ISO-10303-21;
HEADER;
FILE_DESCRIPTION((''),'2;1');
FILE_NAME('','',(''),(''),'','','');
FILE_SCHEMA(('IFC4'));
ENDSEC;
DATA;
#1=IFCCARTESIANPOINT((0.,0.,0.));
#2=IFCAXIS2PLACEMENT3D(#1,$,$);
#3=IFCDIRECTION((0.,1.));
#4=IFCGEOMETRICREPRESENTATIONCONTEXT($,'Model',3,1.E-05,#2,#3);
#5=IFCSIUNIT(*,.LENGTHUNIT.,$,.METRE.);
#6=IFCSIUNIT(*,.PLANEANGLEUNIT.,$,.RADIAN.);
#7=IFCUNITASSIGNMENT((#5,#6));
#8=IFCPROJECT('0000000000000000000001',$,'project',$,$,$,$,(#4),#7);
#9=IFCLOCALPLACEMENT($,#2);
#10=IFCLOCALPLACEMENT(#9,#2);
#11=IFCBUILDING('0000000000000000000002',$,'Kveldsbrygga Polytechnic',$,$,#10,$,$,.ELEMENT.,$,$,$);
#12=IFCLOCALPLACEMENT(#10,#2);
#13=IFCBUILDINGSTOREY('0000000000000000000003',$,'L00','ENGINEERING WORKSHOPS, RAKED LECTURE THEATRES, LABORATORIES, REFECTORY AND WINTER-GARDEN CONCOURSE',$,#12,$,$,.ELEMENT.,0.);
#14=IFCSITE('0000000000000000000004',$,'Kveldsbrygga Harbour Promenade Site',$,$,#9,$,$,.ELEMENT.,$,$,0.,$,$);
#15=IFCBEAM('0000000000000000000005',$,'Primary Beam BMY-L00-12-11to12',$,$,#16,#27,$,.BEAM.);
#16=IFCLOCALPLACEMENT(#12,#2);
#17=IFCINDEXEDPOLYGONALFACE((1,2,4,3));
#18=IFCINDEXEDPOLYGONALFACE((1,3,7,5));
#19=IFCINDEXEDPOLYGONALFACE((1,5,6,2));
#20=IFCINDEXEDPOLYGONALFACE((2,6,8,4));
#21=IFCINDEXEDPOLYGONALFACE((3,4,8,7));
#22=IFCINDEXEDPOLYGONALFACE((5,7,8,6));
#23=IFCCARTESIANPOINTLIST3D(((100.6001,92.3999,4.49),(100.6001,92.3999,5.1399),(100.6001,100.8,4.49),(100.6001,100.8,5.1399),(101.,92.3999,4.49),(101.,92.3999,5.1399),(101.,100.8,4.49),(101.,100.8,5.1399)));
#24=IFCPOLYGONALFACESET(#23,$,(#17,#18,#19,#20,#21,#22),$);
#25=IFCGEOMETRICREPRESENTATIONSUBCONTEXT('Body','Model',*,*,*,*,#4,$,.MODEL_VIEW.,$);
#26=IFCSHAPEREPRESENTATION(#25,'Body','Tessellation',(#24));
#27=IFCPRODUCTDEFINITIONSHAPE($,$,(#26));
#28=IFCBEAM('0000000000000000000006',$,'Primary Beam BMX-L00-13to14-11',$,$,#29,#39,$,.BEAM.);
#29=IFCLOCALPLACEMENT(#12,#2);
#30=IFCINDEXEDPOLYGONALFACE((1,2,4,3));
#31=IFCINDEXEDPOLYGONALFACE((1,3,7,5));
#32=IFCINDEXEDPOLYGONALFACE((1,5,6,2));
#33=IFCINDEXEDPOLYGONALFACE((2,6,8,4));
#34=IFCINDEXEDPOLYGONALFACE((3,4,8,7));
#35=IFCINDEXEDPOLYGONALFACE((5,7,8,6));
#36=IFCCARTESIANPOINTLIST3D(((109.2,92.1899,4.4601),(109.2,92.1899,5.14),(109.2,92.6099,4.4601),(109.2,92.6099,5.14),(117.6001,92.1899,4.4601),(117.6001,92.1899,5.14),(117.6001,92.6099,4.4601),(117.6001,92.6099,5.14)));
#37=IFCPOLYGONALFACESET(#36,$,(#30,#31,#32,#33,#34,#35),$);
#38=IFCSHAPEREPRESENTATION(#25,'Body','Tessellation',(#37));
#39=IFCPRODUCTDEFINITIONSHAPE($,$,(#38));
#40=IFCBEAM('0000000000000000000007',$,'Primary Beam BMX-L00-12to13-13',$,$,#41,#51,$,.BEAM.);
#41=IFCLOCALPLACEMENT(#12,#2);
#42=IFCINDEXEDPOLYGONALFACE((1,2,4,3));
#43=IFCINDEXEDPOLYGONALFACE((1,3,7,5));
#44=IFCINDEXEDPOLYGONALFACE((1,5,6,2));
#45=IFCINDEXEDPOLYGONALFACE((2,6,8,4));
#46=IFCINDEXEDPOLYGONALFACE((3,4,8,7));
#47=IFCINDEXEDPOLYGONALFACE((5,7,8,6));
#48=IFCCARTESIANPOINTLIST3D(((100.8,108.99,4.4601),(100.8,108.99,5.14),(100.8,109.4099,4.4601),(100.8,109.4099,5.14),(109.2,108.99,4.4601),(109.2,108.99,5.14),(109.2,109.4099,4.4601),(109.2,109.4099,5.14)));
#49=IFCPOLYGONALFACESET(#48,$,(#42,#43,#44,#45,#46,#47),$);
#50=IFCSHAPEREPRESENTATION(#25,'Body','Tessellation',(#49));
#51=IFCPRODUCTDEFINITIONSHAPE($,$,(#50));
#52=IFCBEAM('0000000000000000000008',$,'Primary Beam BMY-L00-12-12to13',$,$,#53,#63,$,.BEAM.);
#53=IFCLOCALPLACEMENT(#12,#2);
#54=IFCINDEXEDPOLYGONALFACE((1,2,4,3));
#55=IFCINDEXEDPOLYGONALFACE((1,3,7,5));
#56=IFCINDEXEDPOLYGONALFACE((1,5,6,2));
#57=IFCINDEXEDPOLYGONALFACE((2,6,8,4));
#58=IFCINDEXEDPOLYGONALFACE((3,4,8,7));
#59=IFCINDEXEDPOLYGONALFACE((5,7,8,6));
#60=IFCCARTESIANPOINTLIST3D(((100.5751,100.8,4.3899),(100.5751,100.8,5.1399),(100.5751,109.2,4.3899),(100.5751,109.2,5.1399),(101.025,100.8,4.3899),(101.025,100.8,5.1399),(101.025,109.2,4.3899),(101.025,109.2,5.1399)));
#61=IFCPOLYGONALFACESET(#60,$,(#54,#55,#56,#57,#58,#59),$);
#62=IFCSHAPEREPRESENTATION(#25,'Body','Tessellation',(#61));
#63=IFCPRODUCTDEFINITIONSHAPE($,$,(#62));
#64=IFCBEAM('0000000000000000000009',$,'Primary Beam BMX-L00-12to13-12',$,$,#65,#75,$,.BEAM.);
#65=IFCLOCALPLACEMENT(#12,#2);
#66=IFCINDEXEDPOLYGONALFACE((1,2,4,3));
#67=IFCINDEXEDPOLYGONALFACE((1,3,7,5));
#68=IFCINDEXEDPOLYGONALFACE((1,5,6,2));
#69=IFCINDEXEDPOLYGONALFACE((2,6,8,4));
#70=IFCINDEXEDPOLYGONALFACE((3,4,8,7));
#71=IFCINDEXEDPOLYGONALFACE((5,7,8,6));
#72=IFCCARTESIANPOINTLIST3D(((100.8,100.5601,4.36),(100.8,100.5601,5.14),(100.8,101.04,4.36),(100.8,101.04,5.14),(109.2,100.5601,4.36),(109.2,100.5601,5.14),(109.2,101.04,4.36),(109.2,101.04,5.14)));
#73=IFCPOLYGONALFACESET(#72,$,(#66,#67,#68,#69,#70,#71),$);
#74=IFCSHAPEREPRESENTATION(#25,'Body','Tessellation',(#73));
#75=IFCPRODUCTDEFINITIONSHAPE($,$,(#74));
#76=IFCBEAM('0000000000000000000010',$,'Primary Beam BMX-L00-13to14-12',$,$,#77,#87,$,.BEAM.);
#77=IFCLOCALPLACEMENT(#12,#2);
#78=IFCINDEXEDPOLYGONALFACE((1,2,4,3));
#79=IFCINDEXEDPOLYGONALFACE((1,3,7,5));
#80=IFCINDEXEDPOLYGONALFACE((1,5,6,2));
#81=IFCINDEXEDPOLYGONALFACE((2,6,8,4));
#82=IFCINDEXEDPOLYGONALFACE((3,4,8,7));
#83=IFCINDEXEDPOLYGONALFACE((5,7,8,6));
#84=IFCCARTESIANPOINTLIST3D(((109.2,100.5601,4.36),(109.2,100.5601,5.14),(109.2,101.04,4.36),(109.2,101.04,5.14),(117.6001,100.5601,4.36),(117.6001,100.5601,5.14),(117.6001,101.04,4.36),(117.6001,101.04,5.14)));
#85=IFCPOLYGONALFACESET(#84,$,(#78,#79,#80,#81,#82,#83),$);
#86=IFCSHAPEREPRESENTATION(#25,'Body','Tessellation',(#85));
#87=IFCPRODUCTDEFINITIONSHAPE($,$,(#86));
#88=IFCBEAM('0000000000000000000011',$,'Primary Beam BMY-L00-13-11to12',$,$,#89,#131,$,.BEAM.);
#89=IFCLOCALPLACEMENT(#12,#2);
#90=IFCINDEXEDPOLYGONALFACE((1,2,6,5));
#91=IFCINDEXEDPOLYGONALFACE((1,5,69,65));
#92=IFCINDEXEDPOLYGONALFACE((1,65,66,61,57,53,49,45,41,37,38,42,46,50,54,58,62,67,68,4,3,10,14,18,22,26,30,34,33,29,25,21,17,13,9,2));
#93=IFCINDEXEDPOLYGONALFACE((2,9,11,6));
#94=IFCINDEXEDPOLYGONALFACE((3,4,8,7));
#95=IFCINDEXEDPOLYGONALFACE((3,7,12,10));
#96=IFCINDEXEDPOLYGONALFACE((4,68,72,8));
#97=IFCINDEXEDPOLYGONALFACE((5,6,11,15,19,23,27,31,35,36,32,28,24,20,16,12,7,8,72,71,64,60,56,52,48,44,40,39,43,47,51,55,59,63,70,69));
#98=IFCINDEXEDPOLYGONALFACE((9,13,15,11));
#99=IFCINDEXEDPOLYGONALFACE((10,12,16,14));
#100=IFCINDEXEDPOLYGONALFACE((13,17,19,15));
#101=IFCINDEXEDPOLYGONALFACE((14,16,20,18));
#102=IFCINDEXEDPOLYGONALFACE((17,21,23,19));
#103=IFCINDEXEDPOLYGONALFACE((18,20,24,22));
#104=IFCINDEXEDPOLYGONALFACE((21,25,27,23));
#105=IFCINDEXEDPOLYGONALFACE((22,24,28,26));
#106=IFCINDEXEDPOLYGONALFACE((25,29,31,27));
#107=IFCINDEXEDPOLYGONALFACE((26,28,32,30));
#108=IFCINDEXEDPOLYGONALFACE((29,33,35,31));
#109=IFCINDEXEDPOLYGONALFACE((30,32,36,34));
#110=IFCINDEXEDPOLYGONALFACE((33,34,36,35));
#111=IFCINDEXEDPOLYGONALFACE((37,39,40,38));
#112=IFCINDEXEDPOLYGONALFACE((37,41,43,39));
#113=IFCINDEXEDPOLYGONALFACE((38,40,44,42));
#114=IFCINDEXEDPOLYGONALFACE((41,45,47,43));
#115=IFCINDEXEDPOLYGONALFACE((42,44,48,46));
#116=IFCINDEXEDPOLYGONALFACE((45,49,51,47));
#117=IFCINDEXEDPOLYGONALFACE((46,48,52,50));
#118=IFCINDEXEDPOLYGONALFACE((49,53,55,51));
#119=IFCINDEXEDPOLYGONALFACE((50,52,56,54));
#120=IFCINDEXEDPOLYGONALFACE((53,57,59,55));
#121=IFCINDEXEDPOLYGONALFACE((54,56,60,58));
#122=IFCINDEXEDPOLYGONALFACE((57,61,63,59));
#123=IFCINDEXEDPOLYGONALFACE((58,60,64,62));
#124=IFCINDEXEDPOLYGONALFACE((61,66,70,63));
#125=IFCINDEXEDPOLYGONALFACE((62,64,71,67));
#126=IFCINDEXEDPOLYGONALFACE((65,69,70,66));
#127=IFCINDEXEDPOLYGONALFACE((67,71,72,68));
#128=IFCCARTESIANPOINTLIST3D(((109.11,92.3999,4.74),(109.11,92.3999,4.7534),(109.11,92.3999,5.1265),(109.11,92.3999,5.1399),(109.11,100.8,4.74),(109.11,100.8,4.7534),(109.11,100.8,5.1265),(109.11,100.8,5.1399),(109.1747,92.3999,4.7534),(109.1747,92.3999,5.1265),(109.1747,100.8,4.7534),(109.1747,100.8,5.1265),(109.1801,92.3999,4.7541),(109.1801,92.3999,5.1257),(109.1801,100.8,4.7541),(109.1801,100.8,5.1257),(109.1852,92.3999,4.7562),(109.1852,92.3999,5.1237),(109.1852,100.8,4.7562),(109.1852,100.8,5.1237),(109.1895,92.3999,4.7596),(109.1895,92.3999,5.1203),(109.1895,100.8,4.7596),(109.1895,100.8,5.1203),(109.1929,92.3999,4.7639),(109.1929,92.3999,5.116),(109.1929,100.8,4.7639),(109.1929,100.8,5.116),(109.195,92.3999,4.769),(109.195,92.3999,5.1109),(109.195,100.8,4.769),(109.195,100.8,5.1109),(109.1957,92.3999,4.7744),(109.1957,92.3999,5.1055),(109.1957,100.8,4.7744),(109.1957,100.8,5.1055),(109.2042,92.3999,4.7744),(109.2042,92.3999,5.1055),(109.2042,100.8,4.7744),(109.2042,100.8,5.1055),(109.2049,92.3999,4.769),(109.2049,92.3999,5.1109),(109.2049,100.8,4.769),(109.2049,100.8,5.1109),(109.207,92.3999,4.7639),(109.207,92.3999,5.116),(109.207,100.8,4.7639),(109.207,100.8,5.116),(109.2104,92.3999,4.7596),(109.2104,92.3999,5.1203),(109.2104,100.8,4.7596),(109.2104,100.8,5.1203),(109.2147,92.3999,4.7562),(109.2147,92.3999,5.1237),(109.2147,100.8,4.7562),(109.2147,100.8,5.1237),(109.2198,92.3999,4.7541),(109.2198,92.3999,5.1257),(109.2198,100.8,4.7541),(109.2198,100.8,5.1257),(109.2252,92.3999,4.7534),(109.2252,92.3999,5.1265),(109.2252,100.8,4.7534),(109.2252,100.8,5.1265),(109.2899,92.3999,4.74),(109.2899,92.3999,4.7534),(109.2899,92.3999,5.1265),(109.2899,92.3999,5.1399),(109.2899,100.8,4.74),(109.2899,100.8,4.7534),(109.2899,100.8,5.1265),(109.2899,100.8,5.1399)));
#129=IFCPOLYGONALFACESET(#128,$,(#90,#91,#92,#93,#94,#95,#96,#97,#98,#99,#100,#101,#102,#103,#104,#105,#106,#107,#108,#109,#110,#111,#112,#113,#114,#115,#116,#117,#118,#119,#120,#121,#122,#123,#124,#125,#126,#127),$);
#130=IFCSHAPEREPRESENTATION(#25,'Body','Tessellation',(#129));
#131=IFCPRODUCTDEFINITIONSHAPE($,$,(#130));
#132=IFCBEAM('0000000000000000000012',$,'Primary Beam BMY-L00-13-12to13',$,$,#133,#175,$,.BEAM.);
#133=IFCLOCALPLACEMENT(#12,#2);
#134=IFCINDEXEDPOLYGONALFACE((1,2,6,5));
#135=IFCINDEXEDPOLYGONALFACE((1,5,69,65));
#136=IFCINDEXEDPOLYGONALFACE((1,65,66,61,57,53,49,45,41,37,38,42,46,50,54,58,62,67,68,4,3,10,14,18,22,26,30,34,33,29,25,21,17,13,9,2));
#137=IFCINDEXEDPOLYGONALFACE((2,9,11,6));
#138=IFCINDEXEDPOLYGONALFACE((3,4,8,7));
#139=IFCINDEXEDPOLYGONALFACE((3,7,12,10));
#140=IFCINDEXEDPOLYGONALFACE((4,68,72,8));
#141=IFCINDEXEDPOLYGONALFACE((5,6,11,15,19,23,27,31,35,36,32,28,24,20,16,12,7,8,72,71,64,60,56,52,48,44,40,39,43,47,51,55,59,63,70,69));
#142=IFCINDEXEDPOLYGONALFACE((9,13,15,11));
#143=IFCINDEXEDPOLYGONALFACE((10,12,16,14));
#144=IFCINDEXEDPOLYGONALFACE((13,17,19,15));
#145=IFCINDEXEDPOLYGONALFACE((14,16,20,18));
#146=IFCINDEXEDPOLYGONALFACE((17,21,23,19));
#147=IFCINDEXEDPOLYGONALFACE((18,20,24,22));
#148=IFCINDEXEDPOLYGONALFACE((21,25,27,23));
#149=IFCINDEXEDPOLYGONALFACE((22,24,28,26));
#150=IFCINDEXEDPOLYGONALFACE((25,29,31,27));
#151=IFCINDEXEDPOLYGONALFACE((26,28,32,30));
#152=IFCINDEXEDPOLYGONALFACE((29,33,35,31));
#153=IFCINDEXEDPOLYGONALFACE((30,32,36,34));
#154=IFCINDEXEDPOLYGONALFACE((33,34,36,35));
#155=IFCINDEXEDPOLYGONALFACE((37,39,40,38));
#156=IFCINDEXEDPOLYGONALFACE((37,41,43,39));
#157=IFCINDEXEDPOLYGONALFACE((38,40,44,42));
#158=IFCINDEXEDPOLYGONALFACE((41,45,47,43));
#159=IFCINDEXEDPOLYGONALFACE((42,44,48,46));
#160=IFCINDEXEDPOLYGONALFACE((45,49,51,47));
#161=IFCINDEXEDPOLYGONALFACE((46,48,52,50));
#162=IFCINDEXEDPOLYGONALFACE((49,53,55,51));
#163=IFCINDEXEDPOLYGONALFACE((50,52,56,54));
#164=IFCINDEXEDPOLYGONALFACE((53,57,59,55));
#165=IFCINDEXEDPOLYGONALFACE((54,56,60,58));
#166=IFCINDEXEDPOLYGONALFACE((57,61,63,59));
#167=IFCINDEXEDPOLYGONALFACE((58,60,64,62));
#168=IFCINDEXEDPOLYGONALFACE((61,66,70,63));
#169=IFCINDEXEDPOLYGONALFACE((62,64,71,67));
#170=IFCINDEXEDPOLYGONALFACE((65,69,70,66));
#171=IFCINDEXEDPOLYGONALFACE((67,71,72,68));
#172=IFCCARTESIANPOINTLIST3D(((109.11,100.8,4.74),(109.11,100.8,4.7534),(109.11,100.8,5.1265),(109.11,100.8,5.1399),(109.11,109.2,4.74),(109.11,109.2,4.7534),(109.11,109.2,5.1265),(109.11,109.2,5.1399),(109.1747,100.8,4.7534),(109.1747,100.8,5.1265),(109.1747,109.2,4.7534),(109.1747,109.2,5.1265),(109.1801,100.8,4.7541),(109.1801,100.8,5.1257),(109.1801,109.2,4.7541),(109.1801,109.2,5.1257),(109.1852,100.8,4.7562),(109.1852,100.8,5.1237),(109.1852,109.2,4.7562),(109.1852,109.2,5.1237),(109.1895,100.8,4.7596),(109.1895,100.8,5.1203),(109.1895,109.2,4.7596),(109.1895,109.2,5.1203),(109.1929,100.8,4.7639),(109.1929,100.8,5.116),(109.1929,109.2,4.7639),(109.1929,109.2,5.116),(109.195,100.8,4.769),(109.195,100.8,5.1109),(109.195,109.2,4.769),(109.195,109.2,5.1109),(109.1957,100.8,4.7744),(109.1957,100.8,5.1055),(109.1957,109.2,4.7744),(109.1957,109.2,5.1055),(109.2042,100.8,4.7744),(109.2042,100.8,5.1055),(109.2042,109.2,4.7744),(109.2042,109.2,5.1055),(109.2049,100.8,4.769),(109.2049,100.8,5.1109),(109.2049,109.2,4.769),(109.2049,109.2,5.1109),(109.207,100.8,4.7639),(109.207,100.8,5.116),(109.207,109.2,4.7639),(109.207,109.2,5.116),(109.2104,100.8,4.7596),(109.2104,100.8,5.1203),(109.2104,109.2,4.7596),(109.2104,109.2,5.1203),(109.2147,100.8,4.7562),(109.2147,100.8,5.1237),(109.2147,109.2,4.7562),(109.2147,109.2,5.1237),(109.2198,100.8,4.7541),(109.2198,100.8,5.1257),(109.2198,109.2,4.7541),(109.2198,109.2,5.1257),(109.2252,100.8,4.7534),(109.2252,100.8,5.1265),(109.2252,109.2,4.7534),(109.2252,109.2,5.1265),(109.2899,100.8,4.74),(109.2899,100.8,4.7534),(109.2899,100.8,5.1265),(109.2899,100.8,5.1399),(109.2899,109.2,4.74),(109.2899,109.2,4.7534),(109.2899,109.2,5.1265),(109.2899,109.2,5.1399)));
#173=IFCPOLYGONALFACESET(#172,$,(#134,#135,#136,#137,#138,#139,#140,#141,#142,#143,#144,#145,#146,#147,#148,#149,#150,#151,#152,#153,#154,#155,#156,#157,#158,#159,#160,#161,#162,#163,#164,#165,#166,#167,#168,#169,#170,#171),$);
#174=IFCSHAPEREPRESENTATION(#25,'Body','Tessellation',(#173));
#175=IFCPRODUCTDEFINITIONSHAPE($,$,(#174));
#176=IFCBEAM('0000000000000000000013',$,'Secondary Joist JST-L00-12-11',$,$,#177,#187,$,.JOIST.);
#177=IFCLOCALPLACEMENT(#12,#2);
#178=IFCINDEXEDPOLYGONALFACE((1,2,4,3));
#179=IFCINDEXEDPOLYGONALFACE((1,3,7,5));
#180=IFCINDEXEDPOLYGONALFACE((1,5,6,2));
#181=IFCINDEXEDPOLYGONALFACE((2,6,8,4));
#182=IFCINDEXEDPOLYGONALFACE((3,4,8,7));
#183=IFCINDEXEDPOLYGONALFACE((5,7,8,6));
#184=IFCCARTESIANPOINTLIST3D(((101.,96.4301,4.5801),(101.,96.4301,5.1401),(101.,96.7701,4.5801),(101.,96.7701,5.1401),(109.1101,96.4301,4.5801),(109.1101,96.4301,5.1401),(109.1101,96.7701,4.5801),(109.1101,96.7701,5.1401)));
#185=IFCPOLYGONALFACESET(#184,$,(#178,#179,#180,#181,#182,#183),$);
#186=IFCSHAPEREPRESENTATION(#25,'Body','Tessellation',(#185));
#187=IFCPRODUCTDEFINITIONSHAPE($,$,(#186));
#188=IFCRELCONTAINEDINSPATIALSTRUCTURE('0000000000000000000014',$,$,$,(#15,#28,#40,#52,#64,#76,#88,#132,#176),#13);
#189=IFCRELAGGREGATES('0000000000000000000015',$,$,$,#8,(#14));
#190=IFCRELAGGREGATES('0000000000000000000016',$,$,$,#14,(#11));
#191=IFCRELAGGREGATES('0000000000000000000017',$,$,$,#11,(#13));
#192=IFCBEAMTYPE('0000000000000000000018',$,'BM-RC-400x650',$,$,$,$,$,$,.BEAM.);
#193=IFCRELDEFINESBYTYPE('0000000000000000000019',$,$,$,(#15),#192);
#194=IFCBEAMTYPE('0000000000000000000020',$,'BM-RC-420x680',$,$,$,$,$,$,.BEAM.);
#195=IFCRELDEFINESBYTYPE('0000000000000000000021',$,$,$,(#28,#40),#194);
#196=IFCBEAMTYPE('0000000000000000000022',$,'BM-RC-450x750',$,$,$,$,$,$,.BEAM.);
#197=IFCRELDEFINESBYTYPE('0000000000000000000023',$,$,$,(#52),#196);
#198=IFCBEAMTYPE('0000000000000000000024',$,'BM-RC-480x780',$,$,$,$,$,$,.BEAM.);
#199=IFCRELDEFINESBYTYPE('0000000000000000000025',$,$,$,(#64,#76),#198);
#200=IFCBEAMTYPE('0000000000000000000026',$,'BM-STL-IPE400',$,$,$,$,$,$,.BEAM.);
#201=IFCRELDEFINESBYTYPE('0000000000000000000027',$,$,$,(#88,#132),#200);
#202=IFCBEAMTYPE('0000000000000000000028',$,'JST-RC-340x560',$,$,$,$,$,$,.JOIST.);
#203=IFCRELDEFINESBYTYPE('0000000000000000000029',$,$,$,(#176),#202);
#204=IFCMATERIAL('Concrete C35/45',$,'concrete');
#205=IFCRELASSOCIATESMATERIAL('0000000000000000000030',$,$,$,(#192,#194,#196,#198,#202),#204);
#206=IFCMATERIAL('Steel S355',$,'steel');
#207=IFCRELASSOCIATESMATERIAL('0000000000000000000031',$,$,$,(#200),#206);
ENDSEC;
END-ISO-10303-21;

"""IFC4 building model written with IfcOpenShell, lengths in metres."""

from ifc_helpers import new_model, si_unit, direction, frame, origin, origin_2d, place, context, subcontext, project, spatial, rectangle, i_section, extrude, material, material_profile, profile_set, type_object, element, save


model = new_model("IFC4")

# Units and contexts
model_context = context("Model", 3, precision=1e-05, world=origin(), true_north=direction((0.0, 1.0)))
body_context = subcontext(model_context, "Body", "Model", "MODEL_VIEW")
ifc_project = project(units=[si_unit("LENGTHUNIT", "METRE"), si_unit("PLANEANGLEUNIT", "RADIAN")], contexts=[model_context])

# Site, building, storey
site_placement = place(None, origin())
site = spatial("IfcSite", under=ifc_project, at=site_placement, Name="Kveldsbrygga Harbour Promenade Site", CompositionType="ELEMENT", RefElevation=0.0)
building_placement = place(site_placement, origin())
building = spatial("IfcBuilding", under=site, at=building_placement, Name="Kveldsbrygga Polytechnic", CompositionType="ELEMENT")
storey_placement = place(building_placement, origin())
storey = spatial("IfcBuildingStorey", under=building, at=storey_placement, Name="L00", Description="ENGINEERING WORKSHOPS, RAKED LECTURE THEATRES, LABORATORIES, REFECTORY AND WINTER-GARDEN CONCOURSE", CompositionType="ELEMENT", Elevation=0.0)

# Beams
ifc_material_1 = material(Name="Concrete C35/45", Category="concrete")
ifc_material_profile_1 = material_profile(ifc_material_1, rectangle(XDim=0.3999, YDim=0.6499, at=origin_2d()), Name="RC 400x650")
ifc_profile_set_1 = profile_set([ifc_material_profile_1], Name="Concrete C35/45")
beam_type_1 = type_object("IfcBeamType", Name="BM-RC-400x650", PredefinedType="BEAM", material=ifc_profile_set_1)
beam_1_placement = place(storey_placement, frame((100.8, 92.3999, 4.8149), z_axis=(0.0, 1.0, 0.0), x_axis=(-1.0, 0.0, 0.0)))
element("IfcBeam", 1, at=beam_1_placement, inside=storey, type_object=beam_type_1, Name="Primary Beam BMY-L00-12-11to12", PredefinedType="BEAM", context=body_context, shape_type="SweptSolid", body=[
    extrude(rectangle(XDim=0.3999, YDim=0.6499, at=origin_2d()), origin(), (0.0, 0.0, 1.0), 8.4001),
])
ifc_material_profile_2 = material_profile(ifc_material_1, rectangle(XDim=0.4199, YDim=0.6799, at=origin_2d()), Name="RC 420x680")
ifc_profile_set_2 = profile_set([ifc_material_profile_2], Name="Concrete C35/45")
beam_type_2 = type_object("IfcBeamType", Name="BM-RC-420x680", PredefinedType="BEAM", material=ifc_profile_set_2)
beam_2_placement = place(storey_placement, frame((109.2, 92.3999, 4.8), z_axis=(1.0, 0.0, 0.0), x_axis=(0.0, 1.0, 0.0)))
element("IfcBeam", 2, at=beam_2_placement, inside=storey, type_object=beam_type_2, Name="Primary Beam BMX-L00-13to14-11", PredefinedType="BEAM", context=body_context, shape_type="SweptSolid", body=[
    extrude(rectangle(XDim=0.4199, YDim=0.6799, at=origin_2d()), origin(), (0.0, 0.0, 1.0), 8.4001),
])
beam_3_placement = place(storey_placement, frame((100.8, 109.2, 4.8), z_axis=(1.0, 0.0, 0.0), x_axis=(0.0, 1.0, 0.0)))
element("IfcBeam", 3, at=beam_3_placement, inside=storey, type_object=beam_type_2, Name="Primary Beam BMX-L00-12to13-13", PredefinedType="BEAM", context=body_context, shape_type="SweptSolid", body=[
    extrude(rectangle(XDim=0.4199, YDim=0.6799, at=origin_2d()), origin(), (0.0, 0.0, 1.0), 8.3999),
])
ifc_material_profile_3 = material_profile(ifc_material_1, rectangle(XDim=0.45, YDim=0.75, at=origin_2d()), Name="RC 450x750")
ifc_profile_set_3 = profile_set([ifc_material_profile_3], Name="Concrete C35/45")
beam_type_3 = type_object("IfcBeamType", Name="BM-RC-450x750", PredefinedType="BEAM", material=ifc_profile_set_3)
beam_4_placement = place(storey_placement, frame((100.8, 100.8, 4.7649), z_axis=(0.0, 1.0, 0.0), x_axis=(-1.0, 0.0, 0.0)))
element("IfcBeam", 4, at=beam_4_placement, inside=storey, type_object=beam_type_3, Name="Primary Beam BMY-L00-12-12to13", PredefinedType="BEAM", context=body_context, shape_type="SweptSolid", body=[
    extrude(rectangle(XDim=0.45, YDim=0.75, at=origin_2d()), origin(), (0.0, 0.0, 1.0), 8.3999),
])
ifc_material_profile_4 = material_profile(ifc_material_1, rectangle(XDim=0.48, YDim=0.78, at=origin_2d()), Name="RC 480x780")
ifc_profile_set_4 = profile_set([ifc_material_profile_4], Name="Concrete C35/45")
beam_type_4 = type_object("IfcBeamType", Name="BM-RC-480x780", PredefinedType="BEAM", material=ifc_profile_set_4)
beam_5_placement = place(storey_placement, frame((100.8, 100.8, 4.75), z_axis=(1.0, 0.0, 0.0), x_axis=(0.0, 1.0, 0.0)))
element("IfcBeam", 5, at=beam_5_placement, inside=storey, type_object=beam_type_4, Name="Primary Beam BMX-L00-12to13-12", PredefinedType="BEAM", context=body_context, shape_type="SweptSolid", body=[
    extrude(rectangle(XDim=0.48, YDim=0.78, at=origin_2d()), origin(), (0.0, 0.0, 1.0), 8.3999),
])
beam_6_placement = place(storey_placement, frame((109.2, 100.8, 4.75), z_axis=(1.0, 0.0, 0.0), x_axis=(0.0, 1.0, 0.0)))
element("IfcBeam", 6, at=beam_6_placement, inside=storey, type_object=beam_type_4, Name="Primary Beam BMX-L00-13to14-12", PredefinedType="BEAM", context=body_context, shape_type="SweptSolid", body=[
    extrude(rectangle(XDim=0.48, YDim=0.78, at=origin_2d()), origin(), (0.0, 0.0, 1.0), 8.4001),
])
ifc_material_2 = material(Name="Steel S355", Category="steel")
ifc_material_profile_5 = material_profile(ifc_material_2, i_section(OverallWidth=0.1799, OverallDepth=0.3999, WebThickness=0.0085, FlangeThickness=0.0134, FilletRadius=0.021, at=origin_2d()), Name="IPE 400")
ifc_profile_set_5 = profile_set([ifc_material_profile_5], Name="Steel S355")
beam_type_5 = type_object("IfcBeamType", Name="BM-STL-IPE400", PredefinedType="BEAM", material=ifc_profile_set_5)
beam_7_placement = place(storey_placement, frame((109.2, 92.3999, 4.9399), z_axis=(0.0, 1.0, 0.0), x_axis=(-1.0, 0.0, 0.0)))
element("IfcBeam", 7, at=beam_7_placement, inside=storey, type_object=beam_type_5, Name="Primary Beam BMY-L00-13-11to12", PredefinedType="BEAM", context=body_context, shape_type="SweptSolid", body=[
    extrude(i_section(OverallWidth=0.1799, OverallDepth=0.3999, WebThickness=0.0085, FlangeThickness=0.0134, FilletRadius=0.021, at=origin_2d()), origin(), (0.0, 0.0, 1.0), 8.4001),
])
beam_8_placement = place(storey_placement, frame((109.2, 100.8, 4.9399), z_axis=(0.0, 1.0, 0.0), x_axis=(-1.0, 0.0, 0.0)))
element("IfcBeam", 8, at=beam_8_placement, inside=storey, type_object=beam_type_5, Name="Primary Beam BMY-L00-13-12to13", PredefinedType="BEAM", context=body_context, shape_type="SweptSolid", body=[
    extrude(i_section(OverallWidth=0.1799, OverallDepth=0.3999, WebThickness=0.0085, FlangeThickness=0.0134, FilletRadius=0.021, at=origin_2d()), origin(), (0.0, 0.0, 1.0), 8.3999),
])
ifc_material_profile_6 = material_profile(ifc_material_1, rectangle(XDim=0.3401, YDim=0.5601, at=origin_2d()), Name="RC 340x560")
ifc_profile_set_6 = profile_set([ifc_material_profile_6], Name="Concrete C35/45")
beam_type_6 = type_object("IfcBeamType", Name="JST-RC-340x560", PredefinedType="JOIST", material=ifc_profile_set_6)
beam_9_placement = place(storey_placement, frame((101.0, 96.6001, 4.8601), z_axis=(1.0, 0.0, 0.0), x_axis=(0.0, 1.0, 0.0)))
element("IfcBeam", 9, at=beam_9_placement, inside=storey, type_object=beam_type_6, Name="Secondary Joist JST-L00-12-11", PredefinedType="JOIST", context=body_context, shape_type="SweptSolid", body=[
    extrude(rectangle(XDim=0.3401, YDim=0.5601, at=origin_2d()), origin(), (0.0, 0.0, 1.0), 8.1101),
])

save(model, "model.ifc")
